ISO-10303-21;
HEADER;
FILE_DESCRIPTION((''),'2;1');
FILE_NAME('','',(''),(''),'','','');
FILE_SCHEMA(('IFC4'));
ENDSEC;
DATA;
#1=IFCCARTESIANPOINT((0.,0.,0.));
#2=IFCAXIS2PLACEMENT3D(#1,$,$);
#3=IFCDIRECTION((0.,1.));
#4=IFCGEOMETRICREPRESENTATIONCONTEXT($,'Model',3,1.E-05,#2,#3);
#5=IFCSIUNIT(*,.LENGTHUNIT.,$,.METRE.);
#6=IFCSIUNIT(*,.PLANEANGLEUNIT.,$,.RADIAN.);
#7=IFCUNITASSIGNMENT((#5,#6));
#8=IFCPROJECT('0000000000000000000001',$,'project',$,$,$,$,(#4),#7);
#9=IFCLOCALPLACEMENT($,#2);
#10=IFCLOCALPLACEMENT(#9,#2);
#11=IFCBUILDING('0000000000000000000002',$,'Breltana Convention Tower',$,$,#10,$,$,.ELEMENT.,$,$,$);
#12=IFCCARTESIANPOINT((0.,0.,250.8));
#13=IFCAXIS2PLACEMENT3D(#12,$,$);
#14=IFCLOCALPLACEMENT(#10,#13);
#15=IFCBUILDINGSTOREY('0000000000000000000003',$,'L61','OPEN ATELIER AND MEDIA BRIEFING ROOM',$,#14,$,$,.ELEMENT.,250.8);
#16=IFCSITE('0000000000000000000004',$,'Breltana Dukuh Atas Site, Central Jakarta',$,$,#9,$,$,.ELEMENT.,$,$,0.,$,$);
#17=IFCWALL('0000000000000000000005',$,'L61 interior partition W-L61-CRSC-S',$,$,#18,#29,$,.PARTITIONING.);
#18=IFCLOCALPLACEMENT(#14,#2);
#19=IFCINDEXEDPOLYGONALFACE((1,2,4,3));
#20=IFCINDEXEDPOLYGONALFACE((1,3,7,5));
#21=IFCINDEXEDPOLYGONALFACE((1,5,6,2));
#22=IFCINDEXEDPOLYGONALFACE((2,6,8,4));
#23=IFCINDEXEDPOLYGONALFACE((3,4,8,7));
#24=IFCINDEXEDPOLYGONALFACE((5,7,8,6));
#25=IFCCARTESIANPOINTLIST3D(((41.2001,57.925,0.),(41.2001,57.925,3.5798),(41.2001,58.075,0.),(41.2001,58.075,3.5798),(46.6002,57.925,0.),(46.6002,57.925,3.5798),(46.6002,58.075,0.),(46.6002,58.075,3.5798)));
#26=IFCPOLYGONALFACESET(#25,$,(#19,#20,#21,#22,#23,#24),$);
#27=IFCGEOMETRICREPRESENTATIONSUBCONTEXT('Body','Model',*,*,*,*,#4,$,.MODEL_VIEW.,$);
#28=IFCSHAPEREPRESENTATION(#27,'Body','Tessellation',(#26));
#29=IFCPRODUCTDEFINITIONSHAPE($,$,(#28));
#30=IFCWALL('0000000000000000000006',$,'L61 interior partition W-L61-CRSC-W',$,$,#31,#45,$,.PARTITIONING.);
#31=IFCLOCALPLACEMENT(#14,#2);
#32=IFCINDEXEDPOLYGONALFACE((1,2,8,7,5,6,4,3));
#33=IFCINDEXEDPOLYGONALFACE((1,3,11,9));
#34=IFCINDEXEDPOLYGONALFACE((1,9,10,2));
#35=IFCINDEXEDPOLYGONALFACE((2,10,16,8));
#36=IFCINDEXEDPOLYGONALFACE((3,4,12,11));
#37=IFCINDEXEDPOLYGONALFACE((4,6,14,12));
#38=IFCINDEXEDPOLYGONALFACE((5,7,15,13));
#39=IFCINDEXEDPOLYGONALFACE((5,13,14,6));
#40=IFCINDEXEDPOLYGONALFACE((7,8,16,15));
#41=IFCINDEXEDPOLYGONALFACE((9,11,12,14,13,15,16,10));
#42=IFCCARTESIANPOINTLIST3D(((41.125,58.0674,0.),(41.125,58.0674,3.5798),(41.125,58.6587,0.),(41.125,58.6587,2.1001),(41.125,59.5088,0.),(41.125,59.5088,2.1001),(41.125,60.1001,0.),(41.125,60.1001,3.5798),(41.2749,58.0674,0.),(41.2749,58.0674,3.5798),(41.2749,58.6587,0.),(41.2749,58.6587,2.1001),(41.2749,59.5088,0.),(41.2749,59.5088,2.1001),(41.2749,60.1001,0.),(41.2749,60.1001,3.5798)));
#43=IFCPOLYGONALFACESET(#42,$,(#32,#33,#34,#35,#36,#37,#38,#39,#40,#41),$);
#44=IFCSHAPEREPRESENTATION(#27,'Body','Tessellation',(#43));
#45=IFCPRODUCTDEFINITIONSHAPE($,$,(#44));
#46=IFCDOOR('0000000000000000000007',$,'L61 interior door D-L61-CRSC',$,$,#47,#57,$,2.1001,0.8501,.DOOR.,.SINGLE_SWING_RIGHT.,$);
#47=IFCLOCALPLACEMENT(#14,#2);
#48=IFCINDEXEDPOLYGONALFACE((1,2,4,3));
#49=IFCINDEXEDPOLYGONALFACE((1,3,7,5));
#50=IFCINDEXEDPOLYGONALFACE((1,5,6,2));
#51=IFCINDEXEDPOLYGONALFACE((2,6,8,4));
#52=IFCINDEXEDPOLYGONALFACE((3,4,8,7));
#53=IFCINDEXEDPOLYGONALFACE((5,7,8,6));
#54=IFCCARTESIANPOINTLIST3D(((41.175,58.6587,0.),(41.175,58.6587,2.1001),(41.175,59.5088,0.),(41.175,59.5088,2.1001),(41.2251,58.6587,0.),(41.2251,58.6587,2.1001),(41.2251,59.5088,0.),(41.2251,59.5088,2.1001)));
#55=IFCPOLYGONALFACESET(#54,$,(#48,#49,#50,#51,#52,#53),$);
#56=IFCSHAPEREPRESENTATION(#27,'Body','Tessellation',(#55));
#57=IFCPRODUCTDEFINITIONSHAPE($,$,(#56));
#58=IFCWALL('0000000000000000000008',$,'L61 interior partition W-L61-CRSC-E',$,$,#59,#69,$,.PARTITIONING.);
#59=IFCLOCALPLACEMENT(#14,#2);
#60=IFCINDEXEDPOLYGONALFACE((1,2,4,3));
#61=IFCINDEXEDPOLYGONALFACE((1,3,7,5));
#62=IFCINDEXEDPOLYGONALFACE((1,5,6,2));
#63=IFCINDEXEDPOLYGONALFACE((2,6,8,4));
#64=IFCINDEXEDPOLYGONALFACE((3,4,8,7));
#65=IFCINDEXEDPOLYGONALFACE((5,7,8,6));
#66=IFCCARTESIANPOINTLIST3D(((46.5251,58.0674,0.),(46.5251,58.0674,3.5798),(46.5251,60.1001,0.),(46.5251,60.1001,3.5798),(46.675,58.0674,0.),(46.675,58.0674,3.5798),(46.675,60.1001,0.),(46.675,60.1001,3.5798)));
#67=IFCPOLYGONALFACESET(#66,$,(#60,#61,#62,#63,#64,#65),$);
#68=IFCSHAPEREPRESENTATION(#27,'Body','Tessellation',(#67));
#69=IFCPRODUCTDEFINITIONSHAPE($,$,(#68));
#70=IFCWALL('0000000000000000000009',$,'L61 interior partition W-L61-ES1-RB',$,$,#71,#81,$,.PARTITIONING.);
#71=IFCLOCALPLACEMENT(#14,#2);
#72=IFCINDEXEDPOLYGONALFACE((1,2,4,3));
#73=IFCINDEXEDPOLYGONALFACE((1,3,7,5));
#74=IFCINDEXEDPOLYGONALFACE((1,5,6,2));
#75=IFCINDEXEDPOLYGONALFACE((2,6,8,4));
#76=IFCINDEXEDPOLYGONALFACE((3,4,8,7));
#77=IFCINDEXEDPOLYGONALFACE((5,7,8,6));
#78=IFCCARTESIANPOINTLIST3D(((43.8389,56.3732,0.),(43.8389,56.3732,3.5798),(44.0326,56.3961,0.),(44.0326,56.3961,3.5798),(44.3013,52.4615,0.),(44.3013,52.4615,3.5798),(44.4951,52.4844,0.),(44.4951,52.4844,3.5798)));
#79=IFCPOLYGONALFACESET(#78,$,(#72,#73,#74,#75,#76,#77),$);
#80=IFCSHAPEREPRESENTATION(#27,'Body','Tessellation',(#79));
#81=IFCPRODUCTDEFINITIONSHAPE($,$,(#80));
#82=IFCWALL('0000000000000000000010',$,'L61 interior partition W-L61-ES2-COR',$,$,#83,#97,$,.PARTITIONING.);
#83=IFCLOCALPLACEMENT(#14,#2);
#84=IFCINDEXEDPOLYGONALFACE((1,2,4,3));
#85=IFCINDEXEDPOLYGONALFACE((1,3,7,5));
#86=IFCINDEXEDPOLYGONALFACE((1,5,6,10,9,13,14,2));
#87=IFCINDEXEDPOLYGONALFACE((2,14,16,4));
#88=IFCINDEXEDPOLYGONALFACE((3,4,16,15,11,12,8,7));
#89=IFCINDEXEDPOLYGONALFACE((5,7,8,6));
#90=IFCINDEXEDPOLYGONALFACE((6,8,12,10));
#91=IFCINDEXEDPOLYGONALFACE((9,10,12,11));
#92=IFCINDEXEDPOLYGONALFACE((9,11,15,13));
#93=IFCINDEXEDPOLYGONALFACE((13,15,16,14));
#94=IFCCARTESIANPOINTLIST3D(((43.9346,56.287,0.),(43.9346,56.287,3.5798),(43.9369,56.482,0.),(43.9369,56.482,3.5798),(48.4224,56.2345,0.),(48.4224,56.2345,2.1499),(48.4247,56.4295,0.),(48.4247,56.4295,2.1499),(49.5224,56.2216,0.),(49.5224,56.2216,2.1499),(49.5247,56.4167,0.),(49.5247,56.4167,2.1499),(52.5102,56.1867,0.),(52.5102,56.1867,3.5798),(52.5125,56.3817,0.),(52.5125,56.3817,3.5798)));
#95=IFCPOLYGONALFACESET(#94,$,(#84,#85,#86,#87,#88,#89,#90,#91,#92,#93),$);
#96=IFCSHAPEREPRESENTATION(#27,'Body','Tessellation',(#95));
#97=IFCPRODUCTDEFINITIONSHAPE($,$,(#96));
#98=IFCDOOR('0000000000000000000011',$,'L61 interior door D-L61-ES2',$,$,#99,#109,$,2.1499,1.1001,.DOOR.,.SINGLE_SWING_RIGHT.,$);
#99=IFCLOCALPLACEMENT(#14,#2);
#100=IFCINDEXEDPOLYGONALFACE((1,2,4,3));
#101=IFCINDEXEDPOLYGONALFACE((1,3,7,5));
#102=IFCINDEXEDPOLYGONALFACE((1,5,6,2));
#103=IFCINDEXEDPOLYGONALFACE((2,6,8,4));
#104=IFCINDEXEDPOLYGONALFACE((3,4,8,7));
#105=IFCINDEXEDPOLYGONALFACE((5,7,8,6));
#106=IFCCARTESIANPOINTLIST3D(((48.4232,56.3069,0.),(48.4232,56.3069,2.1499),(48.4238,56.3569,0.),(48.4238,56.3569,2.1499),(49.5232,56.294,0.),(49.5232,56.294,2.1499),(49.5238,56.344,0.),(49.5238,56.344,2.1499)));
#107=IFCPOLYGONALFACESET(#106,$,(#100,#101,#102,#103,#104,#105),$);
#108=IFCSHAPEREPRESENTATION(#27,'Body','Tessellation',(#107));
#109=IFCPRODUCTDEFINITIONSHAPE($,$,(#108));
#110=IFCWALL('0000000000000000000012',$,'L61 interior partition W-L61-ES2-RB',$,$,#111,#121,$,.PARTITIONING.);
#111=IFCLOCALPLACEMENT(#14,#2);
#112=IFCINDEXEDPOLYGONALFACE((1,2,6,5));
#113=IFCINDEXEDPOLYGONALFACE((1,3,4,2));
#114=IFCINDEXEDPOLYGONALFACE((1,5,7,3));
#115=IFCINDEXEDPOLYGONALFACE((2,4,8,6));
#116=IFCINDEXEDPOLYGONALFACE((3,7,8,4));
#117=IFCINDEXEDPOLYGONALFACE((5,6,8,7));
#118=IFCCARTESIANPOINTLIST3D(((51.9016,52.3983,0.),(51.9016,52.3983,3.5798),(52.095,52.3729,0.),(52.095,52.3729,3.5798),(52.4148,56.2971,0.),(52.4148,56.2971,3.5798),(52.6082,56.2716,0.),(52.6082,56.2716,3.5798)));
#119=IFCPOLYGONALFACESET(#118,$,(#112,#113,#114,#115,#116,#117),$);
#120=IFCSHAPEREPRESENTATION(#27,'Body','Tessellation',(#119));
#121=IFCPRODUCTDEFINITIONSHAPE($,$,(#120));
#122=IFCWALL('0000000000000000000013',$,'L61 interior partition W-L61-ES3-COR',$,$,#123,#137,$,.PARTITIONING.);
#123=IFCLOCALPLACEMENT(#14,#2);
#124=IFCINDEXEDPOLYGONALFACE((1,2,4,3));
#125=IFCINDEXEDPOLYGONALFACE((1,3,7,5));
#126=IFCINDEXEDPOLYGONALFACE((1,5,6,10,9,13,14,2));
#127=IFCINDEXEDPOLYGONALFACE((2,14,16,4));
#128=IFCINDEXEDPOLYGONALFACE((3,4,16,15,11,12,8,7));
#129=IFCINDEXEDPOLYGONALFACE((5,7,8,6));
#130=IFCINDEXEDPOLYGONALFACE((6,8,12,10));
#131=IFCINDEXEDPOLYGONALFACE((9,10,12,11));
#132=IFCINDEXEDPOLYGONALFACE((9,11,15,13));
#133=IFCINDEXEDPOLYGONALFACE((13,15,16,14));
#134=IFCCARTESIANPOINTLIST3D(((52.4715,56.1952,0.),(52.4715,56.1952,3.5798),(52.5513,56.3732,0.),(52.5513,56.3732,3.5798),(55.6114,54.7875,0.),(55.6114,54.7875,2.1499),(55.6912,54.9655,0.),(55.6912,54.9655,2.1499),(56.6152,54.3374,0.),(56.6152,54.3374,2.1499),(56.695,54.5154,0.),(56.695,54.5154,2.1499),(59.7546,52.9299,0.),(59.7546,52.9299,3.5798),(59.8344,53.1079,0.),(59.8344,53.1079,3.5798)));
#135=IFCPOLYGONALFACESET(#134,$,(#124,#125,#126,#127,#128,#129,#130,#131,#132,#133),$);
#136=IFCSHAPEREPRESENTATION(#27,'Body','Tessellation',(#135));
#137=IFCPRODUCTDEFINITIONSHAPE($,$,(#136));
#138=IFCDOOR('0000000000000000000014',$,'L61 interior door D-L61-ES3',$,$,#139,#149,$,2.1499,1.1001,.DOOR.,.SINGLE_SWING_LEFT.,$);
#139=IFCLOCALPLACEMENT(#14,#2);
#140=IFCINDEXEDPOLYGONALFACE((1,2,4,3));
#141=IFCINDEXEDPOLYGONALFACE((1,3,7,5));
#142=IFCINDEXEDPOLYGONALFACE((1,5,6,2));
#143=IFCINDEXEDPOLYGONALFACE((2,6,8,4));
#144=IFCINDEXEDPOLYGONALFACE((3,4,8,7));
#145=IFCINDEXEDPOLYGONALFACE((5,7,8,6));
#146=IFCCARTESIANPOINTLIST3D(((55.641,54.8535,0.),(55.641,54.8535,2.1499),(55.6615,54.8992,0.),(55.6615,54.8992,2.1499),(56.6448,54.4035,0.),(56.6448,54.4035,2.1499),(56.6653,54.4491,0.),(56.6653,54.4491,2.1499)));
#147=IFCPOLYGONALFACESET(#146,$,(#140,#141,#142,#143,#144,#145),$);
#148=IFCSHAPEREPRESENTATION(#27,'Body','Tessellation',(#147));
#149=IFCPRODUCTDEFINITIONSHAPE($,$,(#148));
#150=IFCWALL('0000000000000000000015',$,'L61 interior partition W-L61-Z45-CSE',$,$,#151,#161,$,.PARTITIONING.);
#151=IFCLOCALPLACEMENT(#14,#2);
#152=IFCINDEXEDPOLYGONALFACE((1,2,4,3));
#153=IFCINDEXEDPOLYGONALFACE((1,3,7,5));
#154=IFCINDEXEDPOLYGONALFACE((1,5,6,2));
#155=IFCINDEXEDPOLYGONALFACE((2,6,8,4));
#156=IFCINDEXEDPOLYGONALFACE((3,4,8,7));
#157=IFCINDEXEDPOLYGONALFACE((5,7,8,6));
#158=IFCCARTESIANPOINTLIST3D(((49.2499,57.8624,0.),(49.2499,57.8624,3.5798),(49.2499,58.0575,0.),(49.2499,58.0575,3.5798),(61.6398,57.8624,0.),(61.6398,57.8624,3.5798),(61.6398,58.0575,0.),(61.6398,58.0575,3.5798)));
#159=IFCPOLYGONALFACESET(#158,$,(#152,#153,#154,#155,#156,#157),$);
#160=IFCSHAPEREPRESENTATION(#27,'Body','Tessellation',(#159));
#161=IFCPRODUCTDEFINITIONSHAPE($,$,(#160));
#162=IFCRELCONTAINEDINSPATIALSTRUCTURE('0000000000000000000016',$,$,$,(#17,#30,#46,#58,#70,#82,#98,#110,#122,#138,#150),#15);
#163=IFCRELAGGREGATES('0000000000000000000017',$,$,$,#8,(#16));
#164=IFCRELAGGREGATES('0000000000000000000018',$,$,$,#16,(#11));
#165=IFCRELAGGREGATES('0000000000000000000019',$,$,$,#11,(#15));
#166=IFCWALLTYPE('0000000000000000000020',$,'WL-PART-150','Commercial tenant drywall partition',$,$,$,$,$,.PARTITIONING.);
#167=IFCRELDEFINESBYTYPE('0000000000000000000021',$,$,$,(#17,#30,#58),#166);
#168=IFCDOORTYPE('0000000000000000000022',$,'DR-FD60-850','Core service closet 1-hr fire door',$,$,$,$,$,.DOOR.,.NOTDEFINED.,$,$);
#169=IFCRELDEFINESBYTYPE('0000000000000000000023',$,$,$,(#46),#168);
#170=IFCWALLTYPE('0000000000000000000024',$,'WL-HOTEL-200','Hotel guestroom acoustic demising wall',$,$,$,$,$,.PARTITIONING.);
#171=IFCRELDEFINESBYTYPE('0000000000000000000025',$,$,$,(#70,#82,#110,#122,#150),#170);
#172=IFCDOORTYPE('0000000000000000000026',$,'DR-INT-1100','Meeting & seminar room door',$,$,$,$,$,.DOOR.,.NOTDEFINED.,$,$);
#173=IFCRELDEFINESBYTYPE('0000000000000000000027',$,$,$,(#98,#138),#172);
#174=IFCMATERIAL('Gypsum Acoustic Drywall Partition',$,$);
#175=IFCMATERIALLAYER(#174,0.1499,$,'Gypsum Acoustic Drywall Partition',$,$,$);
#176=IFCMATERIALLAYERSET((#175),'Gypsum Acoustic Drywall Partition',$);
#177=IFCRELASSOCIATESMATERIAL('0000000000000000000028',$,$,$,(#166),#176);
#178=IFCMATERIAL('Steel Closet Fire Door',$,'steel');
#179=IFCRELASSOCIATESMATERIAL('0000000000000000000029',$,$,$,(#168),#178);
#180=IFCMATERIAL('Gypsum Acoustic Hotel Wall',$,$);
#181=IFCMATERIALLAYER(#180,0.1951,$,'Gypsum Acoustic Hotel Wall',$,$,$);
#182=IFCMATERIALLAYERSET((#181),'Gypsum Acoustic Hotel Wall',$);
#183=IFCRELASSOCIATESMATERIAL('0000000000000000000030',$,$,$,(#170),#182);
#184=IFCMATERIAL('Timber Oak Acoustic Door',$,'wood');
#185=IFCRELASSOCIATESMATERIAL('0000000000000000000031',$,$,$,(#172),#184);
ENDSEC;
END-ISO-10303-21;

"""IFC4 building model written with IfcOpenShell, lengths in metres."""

from ifc_helpers import new_model, si_unit, direction, frame, frame_2d, origin, place, context, subcontext, project, spatial, rectangle, extrude, source, transform, mapped, material, layer, layer_set, type_object, type_shapes, element, fill, save


model = new_model("IFC4")

# Units and contexts
model_context = context("Model", 3, precision=1e-05, world=origin(), true_north=direction((0.0, 1.0)))
body_context = subcontext(model_context, "Body", "Model", "MODEL_VIEW")
ifc_project = project(units=[si_unit("LENGTHUNIT", "METRE"), si_unit("PLANEANGLEUNIT", "RADIAN")], contexts=[model_context])

# Site, building, storey
site_placement = place(None, origin())
site = spatial("IfcSite", under=ifc_project, at=site_placement, Name="Breltana Dukuh Atas Site, Central Jakarta", CompositionType="ELEMENT", RefElevation=0.0)
building_placement = place(site_placement, origin())
building = spatial("IfcBuilding", under=site, at=building_placement, Name="Breltana Convention Tower", CompositionType="ELEMENT")
storey_placement = place(building_placement, frame((0.0, 0.0, 250.8)))
storey = spatial("IfcBuildingStorey", under=building, at=storey_placement, Name="L61", Description="OPEN ATELIER AND MEDIA BRIEFING ROOM", CompositionType="ELEMENT", Elevation=250.8)

# Wall
ifc_material_1 = material(Name="Gypsum Acoustic Drywall Partition")
ifc_layer_1 = layer(ifc_material_1, 0.1499, Name="Gypsum Acoustic Drywall Partition")
ifc_layer_set_1 = layer_set([ifc_layer_1], Name="Gypsum Acoustic Drywall Partition")
wall_type_1 = type_object("IfcWallType", Name="WL-PART-150", Description="Commercial tenant drywall partition", PredefinedType="PARTITIONING", material=ifc_layer_set_1)
shared_shape_1 = source(origin(), body_context, "Body", "SweptSolid", [
    extrude(rectangle(XDim=5.4001, YDim=0.1499, at=frame_2d((2.7002, 0.0))), origin(), (0.0, 0.0, 1.0), 3.5798),
])
wall_1_placement = place(storey_placement, frame((41.2, 58.0, 0.0), z_axis=(0.0, 0.0, 1.0), x_axis=(1.0, 0.0, 0.0)))
element("IfcWall", 1, at=wall_1_placement, inside=storey, type_object=wall_type_1, Name="L61 interior partition W-L61-CRSC-S", PredefinedType="PARTITIONING", context=body_context, shape_type="MappedRepresentation", body=[
    mapped(shared_shape_1, transform((0.0, 0.0, 0.0), scale=1.0)),
])

# Wall, opening, door
shared_shape_2 = source(origin(), body_context, "Body", "SweptSolid", [
    extrude(rectangle(XDim=2.0327, YDim=0.1499, at=frame_2d((1.0164, 0.0))), origin(), (0.0, 0.0, 1.0), 3.5798),
])
wall_2_placement = place(storey_placement, frame((41.2, 58.0674, 0.0), z_axis=(0.0, 0.0, 1.0), x_axis=(0.0, 1.0, 0.0)))
wall_2 = element("IfcWall", 2, at=wall_2_placement, inside=storey, type_object=wall_type_1, Name="L61 interior partition W-L61-CRSC-W", PredefinedType="PARTITIONING", context=body_context, shape_type="MappedRepresentation", body=[
    mapped(shared_shape_2, transform((0.0, 0.0, 0.0), scale=1.0)),
])
opening_1_placement = place(wall_2_placement, frame((0.5913, 0.0, 0.0)))
opening_1 = element("IfcOpeningElement", 3, at=opening_1_placement, cuts=wall_2, PredefinedType="OPENING", context=body_context, shape_type="SweptSolid", body=[
    extrude(rectangle(XDim=0.8501, YDim=2.1001, at=frame_2d((0.425, 1.05))), frame((0.0, 0.085, 0.0), z_axis=(0.0, -1.0, 0.0), x_axis=(1.0, 0.0, 0.0)), (0.0, 0.0, 1.0), 0.1699),
])
ifc_material_2 = material(Name="Steel Closet Fire Door", Category="steel")
door_type_1 = type_object("IfcDoorType", Name="DR-FD60-850", Description="Core service closet 1-hr fire door", OperationType="NOTDEFINED", PredefinedType="DOOR", material=ifc_material_2)
shared_shape_3 = source(origin(), body_context, "Body", "SweptSolid", [
    extrude(rectangle(XDim=0.8501, YDim=2.1001, at=frame_2d((0.425, 1.05))), frame((0.0, 0.0249, 0.0), z_axis=(0.0, -1.0, 0.0), x_axis=(1.0, 0.0, 0.0)), (0.0, 0.0, 1.0), 0.05),
])
type_shapes(door_type_1, [shared_shape_3])
door_1_placement = place(opening_1_placement, origin())
door_1 = element("IfcDoor", 4, at=door_1_placement, inside=storey, type_object=door_type_1, Name="L61 interior door D-L61-CRSC", OperationType="SINGLE_SWING_RIGHT", OverallHeight=2.1001, OverallWidth=0.8501, PredefinedType="DOOR", context=body_context, shape_type="MappedRepresentation", body=[
    mapped(shared_shape_3, transform((0.0, 0.0, 0.0), scale=1.0)),
])
fill(opening_1, door_1)

# Walls
wall_3_placement = place(storey_placement, frame((46.6001, 58.0674, 0.0), z_axis=(0.0, 0.0, 1.0), x_axis=(0.0, 1.0, 0.0)))
element("IfcWall", 5, at=wall_3_placement, inside=storey, type_object=wall_type_1, Name="L61 interior partition W-L61-CRSC-E", PredefinedType="PARTITIONING", context=body_context, shape_type="MappedRepresentation", body=[
    mapped(shared_shape_2, transform((0.0, 0.0, 0.0), scale=1.0)),
])
ifc_material_3 = material(Name="Gypsum Acoustic Hotel Wall")
ifc_layer_2 = layer(ifc_material_3, 0.1951, Name="Gypsum Acoustic Hotel Wall")
ifc_layer_set_2 = layer_set([ifc_layer_2], Name="Gypsum Acoustic Hotel Wall")
wall_type_2 = type_object("IfcWallType", Name="WL-HOTEL-200", Description="Hotel guestroom acoustic demising wall", PredefinedType="PARTITIONING", material=ifc_layer_set_2)
shared_shape_4 = source(origin(), body_context, "Body", "SweptSolid", [
    extrude(rectangle(XDim=3.939, YDim=0.1951, at=frame_2d((1.9695, 0.0))), origin(), (0.0, 0.0, 1.0), 3.5798),
])
wall_4_placement = place(storey_placement, frame((44.3982, 52.4729, 0.0), z_axis=(0.0, 0.0, 1.0), x_axis=(-0.117395, 0.993085, 0.0)))
element("IfcWall", 6, at=wall_4_placement, inside=storey, type_object=wall_type_2, Name="L61 interior partition W-L61-ES1-RB", PredefinedType="PARTITIONING", context=body_context, shape_type="MappedRepresentation", body=[
    mapped(shared_shape_4, transform((0.0, 0.0, 0.0), scale=1.0)),
])

# Wall, opening, door
shared_shape_5 = source(origin(), body_context, "Body", "SweptSolid", [
    extrude(rectangle(XDim=8.5762, YDim=0.1951, at=frame_2d((4.2881, 0.0))), origin(), (0.0, 0.0, 1.0), 3.5798),
])
wall_5_placement = place(storey_placement, frame((43.9358, 56.3845, 0.0), z_axis=(0.0, 0.0, 1.0), x_axis=(0.999932, -0.0117, 0.0)))
wall_5 = element("IfcWall", 7, at=wall_5_placement, inside=storey, type_object=wall_type_2, Name="L61 interior partition W-L61-ES2-COR", PredefinedType="PARTITIONING", context=body_context, shape_type="MappedRepresentation", body=[
    mapped(shared_shape_5, transform((0.0, 0.0, 0.0), scale=1.0)),
])
opening_2_placement = place(wall_5_placement, frame((4.488, 0.0, 0.0)))
opening_2 = element("IfcOpeningElement", 8, at=opening_2_placement, cuts=wall_5, PredefinedType="OPENING", context=body_context, shape_type="SweptSolid", body=[
    extrude(rectangle(XDim=1.1001, YDim=2.1499, at=frame_2d((0.55, 1.075))), frame((0.0, 0.1074, 0.0), z_axis=(0.0, -1.0, 0.0), x_axis=(1.0, 0.0, 0.0)), (0.0, 0.0, 1.0), 0.2151),
])
ifc_material_4 = material(Name="Timber Oak Acoustic Door", Category="wood")
door_type_2 = type_object("IfcDoorType", Name="DR-INT-1100", Description="Meeting & seminar room door", OperationType="NOTDEFINED", PredefinedType="DOOR", material=ifc_material_4)
shared_shape_6 = source(origin(), body_context, "Body", "SweptSolid", [
    extrude(rectangle(XDim=1.1001, YDim=2.1499, at=frame_2d((0.55, 1.075))), frame((0.0, 0.0249, 0.0), z_axis=(0.0, -1.0, 0.0), x_axis=(1.0, 0.0, 0.0)), (0.0, 0.0, 1.0), 0.05),
])
type_shapes(door_type_2, [shared_shape_6])
door_2_placement = place(opening_2_placement, origin())
door_2 = element("IfcDoor", 9, at=door_2_placement, inside=storey, type_object=door_type_2, Name="L61 interior door D-L61-ES2", OperationType="SINGLE_SWING_RIGHT", OverallHeight=2.1499, OverallWidth=1.1001, PredefinedType="DOOR", context=body_context, shape_type="MappedRepresentation", body=[
    mapped(shared_shape_6, transform((0.0, 0.0, 0.0), scale=1.0)),
])
fill(opening_2, door_2)

# Wall
shared_shape_7 = source(origin(), body_context, "Body", "SweptSolid", [
    extrude(rectangle(XDim=3.9324, YDim=0.1951, at=frame_2d((1.9663, 0.0))), origin(), (0.0, 0.0, 1.0), 3.5798),
])
wall_6_placement = place(storey_placement, frame((51.9983, 52.3855, 0.0), z_axis=(0.0, 0.0, 1.0), x_axis=(0.130504, 0.991448, 0.0)))
element("IfcWall", 10, at=wall_6_placement, inside=storey, type_object=wall_type_2, Name="L61 interior partition W-L61-ES2-RB", PredefinedType="PARTITIONING", context=body_context, shape_type="MappedRepresentation", body=[
    mapped(shared_shape_7, transform((0.0, 0.0, 0.0), scale=1.0)),
])

# Wall, opening, door
shared_shape_8 = source(origin(), body_context, "Body", "SweptSolid", [
    extrude(rectangle(XDim=7.9817, YDim=0.1951, at=frame_2d((3.9907, 0.0))), origin(), (0.0, 0.0, 1.0), 3.5798),
])
wall_7_placement = place(storey_placement, frame((52.5115, 56.2842, 0.0), z_axis=(0.0, 0.0, 1.0), x_axis=(0.912486, -0.409108, 0.0)))
wall_7 = element("IfcWall", 11, at=wall_7_placement, inside=storey, type_object=wall_type_2, Name="L61 interior partition W-L61-ES3-COR", PredefinedType="PARTITIONING", context=body_context, shape_type="MappedRepresentation", body=[
    mapped(shared_shape_8, transform((0.0, 0.0, 0.0), scale=1.0)),
])
opening_3_placement = place(wall_7_placement, frame((3.4409, 0.0, 0.0)))
opening_3 = element("IfcOpeningElement", 12, at=opening_3_placement, cuts=wall_7, PredefinedType="OPENING", context=body_context, shape_type="SweptSolid", body=[
    extrude(rectangle(XDim=1.1001, YDim=2.1499, at=frame_2d((0.55, 1.075))), frame((0.0, 0.1074, 0.0), z_axis=(0.0, -1.0, 0.0), x_axis=(1.0, 0.0, 0.0)), (0.0, 0.0, 1.0), 0.2151),
])
door_3_placement = place(opening_3_placement, origin())
door_3 = element("IfcDoor", 13, at=door_3_placement, inside=storey, type_object=door_type_2, Name="L61 interior door D-L61-ES3", OperationType="SINGLE_SWING_LEFT", OverallHeight=2.1499, OverallWidth=1.1001, PredefinedType="DOOR", context=body_context, shape_type="MappedRepresentation", body=[
    mapped(shared_shape_6, transform((0.0, 0.0, 0.0), scale=1.0)),
])
fill(opening_3, door_3)

# Wall
shared_shape_9 = source(origin(), body_context, "Body", "SweptSolid", [
    extrude(rectangle(XDim=12.3899, YDim=0.1951, at=frame_2d((6.1948, 0.0))), origin(), (0.0, 0.0, 1.0), 3.5798),
])
wall_8_placement = place(storey_placement, frame((49.25, 57.96, 0.0), z_axis=(0.0, 0.0, 1.0), x_axis=(1.0, 0.0, 0.0)))
element("IfcWall", 14, at=wall_8_placement, inside=storey, type_object=wall_type_2, Name="L61 interior partition W-L61-Z45-CSE", PredefinedType="PARTITIONING", context=body_context, shape_type="MappedRepresentation", body=[
    mapped(shared_shape_9, transform((0.0, 0.0, 0.0), scale=1.0)),
])

save(model, "model.ifc")
